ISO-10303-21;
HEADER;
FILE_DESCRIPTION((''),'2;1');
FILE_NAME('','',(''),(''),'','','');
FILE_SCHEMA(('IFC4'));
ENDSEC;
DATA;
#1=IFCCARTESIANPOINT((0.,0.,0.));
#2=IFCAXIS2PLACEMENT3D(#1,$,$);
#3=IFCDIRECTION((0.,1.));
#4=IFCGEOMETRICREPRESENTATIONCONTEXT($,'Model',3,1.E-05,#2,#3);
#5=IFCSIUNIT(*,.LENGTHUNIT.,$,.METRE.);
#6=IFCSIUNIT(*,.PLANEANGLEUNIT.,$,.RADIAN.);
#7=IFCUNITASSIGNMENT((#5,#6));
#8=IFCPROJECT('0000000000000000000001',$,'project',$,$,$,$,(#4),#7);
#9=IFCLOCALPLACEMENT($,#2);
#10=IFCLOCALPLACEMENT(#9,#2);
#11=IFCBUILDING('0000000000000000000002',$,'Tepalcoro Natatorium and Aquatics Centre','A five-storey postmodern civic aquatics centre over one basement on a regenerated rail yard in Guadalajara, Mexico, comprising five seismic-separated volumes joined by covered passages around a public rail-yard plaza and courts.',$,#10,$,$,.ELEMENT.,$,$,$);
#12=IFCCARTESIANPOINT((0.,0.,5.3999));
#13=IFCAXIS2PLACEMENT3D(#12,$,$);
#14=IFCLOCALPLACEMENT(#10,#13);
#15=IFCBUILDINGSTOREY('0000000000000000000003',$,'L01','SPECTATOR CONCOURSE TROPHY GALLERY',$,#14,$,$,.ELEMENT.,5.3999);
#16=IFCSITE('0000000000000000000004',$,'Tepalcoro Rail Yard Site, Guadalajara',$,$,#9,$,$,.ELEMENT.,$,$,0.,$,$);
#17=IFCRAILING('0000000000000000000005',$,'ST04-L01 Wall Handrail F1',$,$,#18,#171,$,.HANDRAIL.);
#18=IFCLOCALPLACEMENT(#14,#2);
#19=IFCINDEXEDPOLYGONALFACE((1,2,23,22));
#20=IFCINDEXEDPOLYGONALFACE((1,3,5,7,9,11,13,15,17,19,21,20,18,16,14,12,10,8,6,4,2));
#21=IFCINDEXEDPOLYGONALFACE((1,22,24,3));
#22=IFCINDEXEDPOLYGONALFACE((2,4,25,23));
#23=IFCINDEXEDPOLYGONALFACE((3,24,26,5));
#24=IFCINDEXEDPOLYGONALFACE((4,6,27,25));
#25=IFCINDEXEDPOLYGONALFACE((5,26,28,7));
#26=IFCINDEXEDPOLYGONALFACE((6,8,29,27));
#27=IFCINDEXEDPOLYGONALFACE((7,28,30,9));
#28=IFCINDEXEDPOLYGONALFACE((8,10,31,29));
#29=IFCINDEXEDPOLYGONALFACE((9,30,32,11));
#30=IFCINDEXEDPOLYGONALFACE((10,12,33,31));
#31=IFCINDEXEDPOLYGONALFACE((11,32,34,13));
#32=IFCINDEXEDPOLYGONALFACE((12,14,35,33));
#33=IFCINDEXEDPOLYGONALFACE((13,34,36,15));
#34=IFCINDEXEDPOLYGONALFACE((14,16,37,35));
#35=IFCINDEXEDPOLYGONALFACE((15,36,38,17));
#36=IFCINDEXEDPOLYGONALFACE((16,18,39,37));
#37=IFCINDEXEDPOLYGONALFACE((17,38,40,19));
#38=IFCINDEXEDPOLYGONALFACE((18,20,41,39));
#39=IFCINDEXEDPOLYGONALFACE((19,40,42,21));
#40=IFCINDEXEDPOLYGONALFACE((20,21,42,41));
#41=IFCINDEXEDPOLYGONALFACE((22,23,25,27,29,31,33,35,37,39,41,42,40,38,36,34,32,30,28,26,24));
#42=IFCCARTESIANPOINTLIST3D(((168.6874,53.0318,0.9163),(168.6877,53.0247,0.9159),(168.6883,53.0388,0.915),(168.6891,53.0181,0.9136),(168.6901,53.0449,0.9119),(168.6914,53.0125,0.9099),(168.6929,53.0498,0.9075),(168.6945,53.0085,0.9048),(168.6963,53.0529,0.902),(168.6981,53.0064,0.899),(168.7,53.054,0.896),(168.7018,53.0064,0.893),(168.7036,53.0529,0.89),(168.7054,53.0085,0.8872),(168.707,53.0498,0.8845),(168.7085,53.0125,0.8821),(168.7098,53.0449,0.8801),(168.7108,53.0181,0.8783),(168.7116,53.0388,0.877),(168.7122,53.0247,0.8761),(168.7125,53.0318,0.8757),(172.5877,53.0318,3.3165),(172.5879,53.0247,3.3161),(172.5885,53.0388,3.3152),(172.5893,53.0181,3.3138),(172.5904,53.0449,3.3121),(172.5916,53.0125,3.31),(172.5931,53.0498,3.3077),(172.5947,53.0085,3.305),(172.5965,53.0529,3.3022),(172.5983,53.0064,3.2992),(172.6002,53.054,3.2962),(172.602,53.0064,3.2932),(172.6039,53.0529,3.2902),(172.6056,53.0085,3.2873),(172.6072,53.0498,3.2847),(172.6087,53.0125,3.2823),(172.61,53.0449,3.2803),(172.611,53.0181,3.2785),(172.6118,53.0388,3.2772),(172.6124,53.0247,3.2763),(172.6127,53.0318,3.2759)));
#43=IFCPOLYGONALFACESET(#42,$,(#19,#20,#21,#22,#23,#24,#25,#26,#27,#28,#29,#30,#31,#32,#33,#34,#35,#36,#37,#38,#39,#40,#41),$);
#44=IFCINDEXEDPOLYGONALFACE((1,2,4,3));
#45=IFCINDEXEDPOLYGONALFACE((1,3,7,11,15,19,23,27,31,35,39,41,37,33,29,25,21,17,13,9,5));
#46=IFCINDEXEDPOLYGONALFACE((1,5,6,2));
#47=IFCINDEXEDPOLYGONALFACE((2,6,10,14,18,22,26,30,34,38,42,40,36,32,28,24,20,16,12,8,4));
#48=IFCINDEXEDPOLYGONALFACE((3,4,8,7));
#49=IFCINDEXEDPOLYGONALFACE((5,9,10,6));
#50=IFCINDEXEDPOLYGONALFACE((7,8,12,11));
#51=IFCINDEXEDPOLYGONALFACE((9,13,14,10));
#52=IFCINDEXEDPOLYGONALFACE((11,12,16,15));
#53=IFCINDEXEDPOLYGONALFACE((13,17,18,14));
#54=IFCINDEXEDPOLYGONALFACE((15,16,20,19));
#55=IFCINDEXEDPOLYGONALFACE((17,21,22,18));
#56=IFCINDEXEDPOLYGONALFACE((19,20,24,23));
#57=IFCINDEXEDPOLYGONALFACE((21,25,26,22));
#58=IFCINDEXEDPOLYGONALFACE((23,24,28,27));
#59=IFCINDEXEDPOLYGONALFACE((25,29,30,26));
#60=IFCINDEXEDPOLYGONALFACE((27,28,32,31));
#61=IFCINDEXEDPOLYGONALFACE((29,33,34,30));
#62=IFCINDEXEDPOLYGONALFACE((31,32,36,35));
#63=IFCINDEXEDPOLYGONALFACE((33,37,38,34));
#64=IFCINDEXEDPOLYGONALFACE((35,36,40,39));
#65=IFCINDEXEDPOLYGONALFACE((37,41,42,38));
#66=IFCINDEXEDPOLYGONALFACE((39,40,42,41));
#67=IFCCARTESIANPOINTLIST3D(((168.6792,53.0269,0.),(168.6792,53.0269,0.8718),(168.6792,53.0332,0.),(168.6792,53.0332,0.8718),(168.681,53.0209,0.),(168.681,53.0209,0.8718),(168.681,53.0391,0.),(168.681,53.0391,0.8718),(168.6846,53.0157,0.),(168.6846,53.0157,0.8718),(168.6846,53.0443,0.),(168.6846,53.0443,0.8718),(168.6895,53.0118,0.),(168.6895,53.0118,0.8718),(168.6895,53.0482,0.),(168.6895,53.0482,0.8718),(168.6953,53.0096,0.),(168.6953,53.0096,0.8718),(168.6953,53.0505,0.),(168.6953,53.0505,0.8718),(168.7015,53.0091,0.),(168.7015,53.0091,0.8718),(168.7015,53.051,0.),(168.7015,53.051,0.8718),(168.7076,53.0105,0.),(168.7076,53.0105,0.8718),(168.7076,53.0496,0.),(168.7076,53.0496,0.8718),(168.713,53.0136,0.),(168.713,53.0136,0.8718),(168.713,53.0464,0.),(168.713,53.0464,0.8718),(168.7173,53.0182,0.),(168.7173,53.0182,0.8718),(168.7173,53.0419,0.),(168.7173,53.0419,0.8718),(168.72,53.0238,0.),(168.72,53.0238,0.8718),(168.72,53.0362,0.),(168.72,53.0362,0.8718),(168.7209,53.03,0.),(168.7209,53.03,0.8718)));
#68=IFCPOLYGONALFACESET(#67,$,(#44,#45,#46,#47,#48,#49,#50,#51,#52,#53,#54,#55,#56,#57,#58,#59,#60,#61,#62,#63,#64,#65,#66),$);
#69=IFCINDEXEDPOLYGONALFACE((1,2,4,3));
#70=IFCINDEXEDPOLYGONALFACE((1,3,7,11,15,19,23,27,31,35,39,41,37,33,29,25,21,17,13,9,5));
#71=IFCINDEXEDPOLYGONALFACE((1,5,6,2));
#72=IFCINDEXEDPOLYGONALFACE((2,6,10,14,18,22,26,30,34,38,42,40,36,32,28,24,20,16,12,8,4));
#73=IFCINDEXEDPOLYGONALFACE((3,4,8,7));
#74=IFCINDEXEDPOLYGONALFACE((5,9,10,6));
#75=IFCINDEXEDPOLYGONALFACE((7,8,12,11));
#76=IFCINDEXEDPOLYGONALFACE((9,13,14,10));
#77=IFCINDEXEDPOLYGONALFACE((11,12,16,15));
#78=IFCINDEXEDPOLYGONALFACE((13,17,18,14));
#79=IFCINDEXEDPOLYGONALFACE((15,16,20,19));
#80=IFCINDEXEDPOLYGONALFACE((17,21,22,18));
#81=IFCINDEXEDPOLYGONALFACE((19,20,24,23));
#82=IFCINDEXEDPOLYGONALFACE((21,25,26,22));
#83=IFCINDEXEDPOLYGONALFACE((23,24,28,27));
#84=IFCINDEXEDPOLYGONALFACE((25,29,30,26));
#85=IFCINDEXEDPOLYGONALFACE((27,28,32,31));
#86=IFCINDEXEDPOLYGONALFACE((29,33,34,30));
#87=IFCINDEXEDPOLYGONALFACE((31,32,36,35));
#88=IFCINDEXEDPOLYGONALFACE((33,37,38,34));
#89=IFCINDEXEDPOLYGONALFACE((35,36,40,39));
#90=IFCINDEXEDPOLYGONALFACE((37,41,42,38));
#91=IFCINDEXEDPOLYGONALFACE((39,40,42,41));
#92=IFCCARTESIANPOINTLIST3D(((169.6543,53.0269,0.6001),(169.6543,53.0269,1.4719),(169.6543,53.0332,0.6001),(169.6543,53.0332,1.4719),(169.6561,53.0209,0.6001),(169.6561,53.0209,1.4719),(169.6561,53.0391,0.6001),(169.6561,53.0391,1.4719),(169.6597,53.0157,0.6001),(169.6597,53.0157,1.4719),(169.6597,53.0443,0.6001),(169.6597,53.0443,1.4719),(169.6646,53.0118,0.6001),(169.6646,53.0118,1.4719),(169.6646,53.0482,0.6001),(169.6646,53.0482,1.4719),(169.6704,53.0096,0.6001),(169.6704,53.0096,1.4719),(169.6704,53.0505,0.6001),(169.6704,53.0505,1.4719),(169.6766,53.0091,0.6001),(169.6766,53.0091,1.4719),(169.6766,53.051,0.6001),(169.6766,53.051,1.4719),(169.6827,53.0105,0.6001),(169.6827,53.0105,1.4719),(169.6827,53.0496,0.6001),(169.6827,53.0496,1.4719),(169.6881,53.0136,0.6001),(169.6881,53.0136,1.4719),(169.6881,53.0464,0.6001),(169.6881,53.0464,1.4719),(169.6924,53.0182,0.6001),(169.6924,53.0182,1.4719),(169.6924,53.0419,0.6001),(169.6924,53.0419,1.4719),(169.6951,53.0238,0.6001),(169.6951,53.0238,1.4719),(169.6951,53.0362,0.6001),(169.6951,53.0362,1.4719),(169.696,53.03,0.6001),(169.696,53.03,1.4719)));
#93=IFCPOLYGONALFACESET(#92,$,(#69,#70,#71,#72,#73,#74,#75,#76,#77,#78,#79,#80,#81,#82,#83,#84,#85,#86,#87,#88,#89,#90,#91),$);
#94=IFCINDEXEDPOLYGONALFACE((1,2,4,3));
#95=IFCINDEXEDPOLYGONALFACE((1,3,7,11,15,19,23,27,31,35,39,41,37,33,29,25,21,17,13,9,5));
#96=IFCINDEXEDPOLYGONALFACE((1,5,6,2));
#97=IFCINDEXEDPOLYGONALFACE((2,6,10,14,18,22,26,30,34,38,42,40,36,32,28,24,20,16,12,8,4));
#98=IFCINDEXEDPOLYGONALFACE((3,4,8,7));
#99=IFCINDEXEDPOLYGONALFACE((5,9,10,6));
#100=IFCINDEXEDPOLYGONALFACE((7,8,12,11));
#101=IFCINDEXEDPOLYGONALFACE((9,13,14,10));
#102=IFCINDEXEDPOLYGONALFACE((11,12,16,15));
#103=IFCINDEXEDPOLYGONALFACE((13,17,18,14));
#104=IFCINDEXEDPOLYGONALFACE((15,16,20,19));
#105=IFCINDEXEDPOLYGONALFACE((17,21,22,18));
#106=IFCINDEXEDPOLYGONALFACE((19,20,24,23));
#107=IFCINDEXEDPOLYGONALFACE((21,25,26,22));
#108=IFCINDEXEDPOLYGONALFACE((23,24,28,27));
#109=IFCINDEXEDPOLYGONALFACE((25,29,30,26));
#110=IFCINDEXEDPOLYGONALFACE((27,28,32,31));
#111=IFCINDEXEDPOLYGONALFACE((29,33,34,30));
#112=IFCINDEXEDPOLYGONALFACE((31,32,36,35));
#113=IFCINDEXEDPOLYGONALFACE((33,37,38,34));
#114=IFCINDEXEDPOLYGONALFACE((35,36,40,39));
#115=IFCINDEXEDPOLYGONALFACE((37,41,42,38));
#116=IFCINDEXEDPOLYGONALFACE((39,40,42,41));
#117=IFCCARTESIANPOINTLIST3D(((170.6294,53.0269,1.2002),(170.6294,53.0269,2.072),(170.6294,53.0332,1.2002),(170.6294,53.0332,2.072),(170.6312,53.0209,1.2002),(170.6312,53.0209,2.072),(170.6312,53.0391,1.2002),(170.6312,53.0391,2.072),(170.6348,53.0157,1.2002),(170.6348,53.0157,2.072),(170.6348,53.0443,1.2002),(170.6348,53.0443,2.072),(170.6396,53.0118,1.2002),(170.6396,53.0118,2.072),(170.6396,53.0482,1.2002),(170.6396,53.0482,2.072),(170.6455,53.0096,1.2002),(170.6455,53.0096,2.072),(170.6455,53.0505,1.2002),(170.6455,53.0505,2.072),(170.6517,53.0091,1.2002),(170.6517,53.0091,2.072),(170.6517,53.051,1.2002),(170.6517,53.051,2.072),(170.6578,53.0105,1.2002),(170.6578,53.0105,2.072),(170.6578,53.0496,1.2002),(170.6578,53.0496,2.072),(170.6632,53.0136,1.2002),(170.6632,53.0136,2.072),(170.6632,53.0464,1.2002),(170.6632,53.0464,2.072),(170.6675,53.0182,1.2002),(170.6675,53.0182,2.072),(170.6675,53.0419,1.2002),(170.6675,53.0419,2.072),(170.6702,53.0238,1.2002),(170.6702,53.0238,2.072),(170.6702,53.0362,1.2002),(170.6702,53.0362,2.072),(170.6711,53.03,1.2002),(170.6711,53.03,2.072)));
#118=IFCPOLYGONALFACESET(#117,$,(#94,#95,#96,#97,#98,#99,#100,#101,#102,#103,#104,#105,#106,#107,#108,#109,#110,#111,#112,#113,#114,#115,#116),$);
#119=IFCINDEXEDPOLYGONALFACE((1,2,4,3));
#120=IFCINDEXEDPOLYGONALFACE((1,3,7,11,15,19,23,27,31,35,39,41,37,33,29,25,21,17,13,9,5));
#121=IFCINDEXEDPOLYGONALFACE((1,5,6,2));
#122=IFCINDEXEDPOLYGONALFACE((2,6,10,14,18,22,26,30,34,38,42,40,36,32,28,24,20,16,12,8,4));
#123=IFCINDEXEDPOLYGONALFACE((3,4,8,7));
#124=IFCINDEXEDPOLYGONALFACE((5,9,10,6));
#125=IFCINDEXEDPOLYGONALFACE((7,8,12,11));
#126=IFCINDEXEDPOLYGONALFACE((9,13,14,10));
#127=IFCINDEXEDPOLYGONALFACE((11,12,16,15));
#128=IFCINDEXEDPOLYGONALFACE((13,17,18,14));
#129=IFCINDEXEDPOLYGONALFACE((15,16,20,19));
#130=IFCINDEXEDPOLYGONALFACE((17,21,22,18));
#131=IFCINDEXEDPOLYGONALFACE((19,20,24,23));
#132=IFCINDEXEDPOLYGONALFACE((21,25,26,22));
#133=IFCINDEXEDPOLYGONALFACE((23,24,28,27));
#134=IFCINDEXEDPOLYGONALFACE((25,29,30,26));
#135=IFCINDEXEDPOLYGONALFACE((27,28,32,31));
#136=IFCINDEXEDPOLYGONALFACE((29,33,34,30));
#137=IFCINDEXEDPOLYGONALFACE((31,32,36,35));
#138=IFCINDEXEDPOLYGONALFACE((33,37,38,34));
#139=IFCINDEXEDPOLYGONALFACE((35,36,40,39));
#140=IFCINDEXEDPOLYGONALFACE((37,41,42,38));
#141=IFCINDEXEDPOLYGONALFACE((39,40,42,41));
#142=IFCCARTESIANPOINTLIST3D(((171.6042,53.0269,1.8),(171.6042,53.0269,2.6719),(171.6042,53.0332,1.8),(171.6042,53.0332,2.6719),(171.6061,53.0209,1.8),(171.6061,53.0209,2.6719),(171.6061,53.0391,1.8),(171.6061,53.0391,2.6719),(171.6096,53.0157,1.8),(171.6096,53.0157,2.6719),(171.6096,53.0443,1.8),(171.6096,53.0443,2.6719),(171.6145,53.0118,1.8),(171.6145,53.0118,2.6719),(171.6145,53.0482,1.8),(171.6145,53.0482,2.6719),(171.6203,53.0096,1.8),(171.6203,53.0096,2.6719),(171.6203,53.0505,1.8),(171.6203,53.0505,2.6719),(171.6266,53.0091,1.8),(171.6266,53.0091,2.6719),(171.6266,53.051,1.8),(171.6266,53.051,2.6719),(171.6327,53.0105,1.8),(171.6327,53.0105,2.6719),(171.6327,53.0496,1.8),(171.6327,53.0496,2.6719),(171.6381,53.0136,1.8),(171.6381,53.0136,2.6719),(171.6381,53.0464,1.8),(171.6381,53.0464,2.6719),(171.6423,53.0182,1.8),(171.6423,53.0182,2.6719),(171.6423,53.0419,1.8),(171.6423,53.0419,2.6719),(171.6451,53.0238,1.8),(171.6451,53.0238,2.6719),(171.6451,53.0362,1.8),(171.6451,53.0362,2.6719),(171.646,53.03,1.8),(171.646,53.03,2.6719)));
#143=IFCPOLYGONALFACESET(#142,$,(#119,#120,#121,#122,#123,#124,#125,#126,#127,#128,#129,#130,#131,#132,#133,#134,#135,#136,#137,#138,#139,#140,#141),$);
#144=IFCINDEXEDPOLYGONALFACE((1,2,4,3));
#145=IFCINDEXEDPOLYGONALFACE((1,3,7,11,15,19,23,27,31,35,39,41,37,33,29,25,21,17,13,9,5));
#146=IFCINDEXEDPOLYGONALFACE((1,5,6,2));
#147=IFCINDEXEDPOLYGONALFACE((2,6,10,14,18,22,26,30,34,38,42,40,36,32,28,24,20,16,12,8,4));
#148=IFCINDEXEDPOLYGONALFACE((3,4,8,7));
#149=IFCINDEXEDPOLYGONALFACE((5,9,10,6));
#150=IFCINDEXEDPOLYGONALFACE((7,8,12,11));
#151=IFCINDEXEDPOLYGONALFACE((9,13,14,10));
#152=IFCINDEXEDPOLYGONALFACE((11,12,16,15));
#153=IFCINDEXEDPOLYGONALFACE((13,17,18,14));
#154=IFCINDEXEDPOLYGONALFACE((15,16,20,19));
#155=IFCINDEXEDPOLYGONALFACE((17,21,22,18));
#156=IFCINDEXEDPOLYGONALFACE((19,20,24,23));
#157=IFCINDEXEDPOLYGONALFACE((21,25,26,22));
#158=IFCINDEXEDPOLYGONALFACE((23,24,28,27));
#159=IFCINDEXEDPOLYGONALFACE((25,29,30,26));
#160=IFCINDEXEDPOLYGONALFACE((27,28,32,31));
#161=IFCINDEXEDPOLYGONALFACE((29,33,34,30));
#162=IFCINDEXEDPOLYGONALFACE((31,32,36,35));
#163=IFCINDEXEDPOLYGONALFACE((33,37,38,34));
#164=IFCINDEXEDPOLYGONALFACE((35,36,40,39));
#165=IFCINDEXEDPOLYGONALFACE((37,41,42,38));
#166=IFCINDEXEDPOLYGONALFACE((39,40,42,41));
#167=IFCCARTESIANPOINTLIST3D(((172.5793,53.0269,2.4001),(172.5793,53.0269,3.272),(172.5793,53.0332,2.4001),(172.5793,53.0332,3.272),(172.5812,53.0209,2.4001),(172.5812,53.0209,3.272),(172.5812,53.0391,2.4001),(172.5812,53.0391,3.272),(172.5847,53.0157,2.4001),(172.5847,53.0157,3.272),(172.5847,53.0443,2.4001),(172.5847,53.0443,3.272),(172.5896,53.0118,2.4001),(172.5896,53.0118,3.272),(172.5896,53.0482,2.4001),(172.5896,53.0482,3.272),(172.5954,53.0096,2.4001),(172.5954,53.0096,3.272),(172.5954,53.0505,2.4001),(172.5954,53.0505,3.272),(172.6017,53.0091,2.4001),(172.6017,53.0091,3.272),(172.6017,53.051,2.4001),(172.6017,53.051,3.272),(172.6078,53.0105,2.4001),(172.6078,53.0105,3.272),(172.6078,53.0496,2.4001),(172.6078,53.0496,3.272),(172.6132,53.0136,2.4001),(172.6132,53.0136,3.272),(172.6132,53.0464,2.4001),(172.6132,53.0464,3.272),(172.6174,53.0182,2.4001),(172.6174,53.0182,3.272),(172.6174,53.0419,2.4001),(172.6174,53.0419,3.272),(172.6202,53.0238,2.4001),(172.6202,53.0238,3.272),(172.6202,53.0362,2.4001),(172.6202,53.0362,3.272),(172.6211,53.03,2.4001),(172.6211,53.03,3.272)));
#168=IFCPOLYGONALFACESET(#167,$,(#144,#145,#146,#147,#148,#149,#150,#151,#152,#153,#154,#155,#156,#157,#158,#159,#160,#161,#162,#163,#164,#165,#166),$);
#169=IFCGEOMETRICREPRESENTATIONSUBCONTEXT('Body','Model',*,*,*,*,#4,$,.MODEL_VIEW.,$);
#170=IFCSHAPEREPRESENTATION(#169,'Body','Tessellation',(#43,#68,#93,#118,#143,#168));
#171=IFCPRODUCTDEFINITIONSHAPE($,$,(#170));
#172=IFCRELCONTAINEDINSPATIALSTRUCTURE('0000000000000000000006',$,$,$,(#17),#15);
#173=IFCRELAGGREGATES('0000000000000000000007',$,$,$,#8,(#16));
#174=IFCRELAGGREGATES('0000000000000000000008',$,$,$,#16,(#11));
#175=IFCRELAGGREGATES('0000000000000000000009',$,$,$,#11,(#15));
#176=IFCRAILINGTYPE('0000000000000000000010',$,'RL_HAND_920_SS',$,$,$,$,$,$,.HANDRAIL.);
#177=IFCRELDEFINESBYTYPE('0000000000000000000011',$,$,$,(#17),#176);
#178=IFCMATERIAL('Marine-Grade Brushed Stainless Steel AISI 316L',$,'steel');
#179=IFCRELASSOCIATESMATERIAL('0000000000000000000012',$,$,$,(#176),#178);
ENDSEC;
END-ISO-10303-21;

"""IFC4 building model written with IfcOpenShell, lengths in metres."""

from ifc_helpers import new_model, si_unit, direction, frame, origin, origin_2d, place, context, subcontext, project, spatial, circle, extrude, material, type_object, element, save


model = new_model("IFC4")

# Units and contexts
model_context = context("Model", 3, precision=1e-05, world=origin(), true_north=direction((0.0, 1.0)))
body_context = subcontext(model_context, "Body", "Model", "MODEL_VIEW")
ifc_project = project(units=[si_unit("LENGTHUNIT", "METRE"), si_unit("PLANEANGLEUNIT", "RADIAN")], contexts=[model_context])

# Site, building, storey
site_placement = place(None, origin())
site = spatial("IfcSite", under=ifc_project, at=site_placement, Name="Tepalcoro Rail Yard Site, Guadalajara", CompositionType="ELEMENT", RefElevation=0.0)
building_placement = place(site_placement, origin())
building = spatial("IfcBuilding", under=site, at=building_placement, Name="Tepalcoro Natatorium and Aquatics Centre", Description="A five-storey postmodern civic aquatics centre over one basement on a regenerated rail yard in Guadalajara, Mexico, comprising five seismic-separated volumes joined by covered passages around a public rail-yard plaza and courts.", CompositionType="ELEMENT")
storey_placement = place(building_placement, frame((0.0, 0.0, 5.3999)))
storey = spatial("IfcBuildingStorey", under=building, at=storey_placement, Name="L01", Description="SPECTATOR CONCOURSE TROPHY GALLERY", CompositionType="ELEMENT", Elevation=5.3999)

# Railing
ifc_material_1 = material(Name="Marine-Grade Brushed Stainless Steel AISI 316L", Category="steel")
railing_type_1 = type_object("IfcRailingType", Name="RL_HAND_920_SS", PredefinedType="HANDRAIL", material=ifc_material_1)
railing_1_placement = place(storey_placement, frame((168.7, 53.03, 0.0)))
element("IfcRailing", 1, at=railing_1_placement, inside=storey, type_object=railing_type_1, Name="ST04-L01 Wall Handrail F1", PredefinedType="HANDRAIL", context=body_context, shape_type="SweptSolid", body=[
    extrude(circle(Radius=0.0239, at=origin_2d()), frame((0.0, 0.0, 0.896), z_axis=(0.851653, 0.0, 0.524106), x_axis=(0.0, 1.0, 0.0)), (0.0, 0.0, 1.0), 4.5796),
    extrude(circle(Radius=0.021, at=origin_2d()), origin(), (0.0, 0.0, 1.0), 0.8718),
    extrude(circle(Radius=0.021, at=origin_2d()), frame((0.9751, 0.0, 0.6001)), (0.0, 0.0, 1.0), 0.8718),
    extrude(circle(Radius=0.021, at=origin_2d()), frame((1.9502, 0.0, 1.2002)), (0.0, 0.0, 1.0), 0.8718),
    extrude(circle(Radius=0.021, at=origin_2d()), frame((2.925, 0.0, 1.8)), (0.0, 0.0, 1.0), 0.8718),
    extrude(circle(Radius=0.021, at=origin_2d()), frame((3.9001, 0.0, 2.4001)), (0.0, 0.0, 1.0), 0.8718),
])

save(model, "model.ifc")
